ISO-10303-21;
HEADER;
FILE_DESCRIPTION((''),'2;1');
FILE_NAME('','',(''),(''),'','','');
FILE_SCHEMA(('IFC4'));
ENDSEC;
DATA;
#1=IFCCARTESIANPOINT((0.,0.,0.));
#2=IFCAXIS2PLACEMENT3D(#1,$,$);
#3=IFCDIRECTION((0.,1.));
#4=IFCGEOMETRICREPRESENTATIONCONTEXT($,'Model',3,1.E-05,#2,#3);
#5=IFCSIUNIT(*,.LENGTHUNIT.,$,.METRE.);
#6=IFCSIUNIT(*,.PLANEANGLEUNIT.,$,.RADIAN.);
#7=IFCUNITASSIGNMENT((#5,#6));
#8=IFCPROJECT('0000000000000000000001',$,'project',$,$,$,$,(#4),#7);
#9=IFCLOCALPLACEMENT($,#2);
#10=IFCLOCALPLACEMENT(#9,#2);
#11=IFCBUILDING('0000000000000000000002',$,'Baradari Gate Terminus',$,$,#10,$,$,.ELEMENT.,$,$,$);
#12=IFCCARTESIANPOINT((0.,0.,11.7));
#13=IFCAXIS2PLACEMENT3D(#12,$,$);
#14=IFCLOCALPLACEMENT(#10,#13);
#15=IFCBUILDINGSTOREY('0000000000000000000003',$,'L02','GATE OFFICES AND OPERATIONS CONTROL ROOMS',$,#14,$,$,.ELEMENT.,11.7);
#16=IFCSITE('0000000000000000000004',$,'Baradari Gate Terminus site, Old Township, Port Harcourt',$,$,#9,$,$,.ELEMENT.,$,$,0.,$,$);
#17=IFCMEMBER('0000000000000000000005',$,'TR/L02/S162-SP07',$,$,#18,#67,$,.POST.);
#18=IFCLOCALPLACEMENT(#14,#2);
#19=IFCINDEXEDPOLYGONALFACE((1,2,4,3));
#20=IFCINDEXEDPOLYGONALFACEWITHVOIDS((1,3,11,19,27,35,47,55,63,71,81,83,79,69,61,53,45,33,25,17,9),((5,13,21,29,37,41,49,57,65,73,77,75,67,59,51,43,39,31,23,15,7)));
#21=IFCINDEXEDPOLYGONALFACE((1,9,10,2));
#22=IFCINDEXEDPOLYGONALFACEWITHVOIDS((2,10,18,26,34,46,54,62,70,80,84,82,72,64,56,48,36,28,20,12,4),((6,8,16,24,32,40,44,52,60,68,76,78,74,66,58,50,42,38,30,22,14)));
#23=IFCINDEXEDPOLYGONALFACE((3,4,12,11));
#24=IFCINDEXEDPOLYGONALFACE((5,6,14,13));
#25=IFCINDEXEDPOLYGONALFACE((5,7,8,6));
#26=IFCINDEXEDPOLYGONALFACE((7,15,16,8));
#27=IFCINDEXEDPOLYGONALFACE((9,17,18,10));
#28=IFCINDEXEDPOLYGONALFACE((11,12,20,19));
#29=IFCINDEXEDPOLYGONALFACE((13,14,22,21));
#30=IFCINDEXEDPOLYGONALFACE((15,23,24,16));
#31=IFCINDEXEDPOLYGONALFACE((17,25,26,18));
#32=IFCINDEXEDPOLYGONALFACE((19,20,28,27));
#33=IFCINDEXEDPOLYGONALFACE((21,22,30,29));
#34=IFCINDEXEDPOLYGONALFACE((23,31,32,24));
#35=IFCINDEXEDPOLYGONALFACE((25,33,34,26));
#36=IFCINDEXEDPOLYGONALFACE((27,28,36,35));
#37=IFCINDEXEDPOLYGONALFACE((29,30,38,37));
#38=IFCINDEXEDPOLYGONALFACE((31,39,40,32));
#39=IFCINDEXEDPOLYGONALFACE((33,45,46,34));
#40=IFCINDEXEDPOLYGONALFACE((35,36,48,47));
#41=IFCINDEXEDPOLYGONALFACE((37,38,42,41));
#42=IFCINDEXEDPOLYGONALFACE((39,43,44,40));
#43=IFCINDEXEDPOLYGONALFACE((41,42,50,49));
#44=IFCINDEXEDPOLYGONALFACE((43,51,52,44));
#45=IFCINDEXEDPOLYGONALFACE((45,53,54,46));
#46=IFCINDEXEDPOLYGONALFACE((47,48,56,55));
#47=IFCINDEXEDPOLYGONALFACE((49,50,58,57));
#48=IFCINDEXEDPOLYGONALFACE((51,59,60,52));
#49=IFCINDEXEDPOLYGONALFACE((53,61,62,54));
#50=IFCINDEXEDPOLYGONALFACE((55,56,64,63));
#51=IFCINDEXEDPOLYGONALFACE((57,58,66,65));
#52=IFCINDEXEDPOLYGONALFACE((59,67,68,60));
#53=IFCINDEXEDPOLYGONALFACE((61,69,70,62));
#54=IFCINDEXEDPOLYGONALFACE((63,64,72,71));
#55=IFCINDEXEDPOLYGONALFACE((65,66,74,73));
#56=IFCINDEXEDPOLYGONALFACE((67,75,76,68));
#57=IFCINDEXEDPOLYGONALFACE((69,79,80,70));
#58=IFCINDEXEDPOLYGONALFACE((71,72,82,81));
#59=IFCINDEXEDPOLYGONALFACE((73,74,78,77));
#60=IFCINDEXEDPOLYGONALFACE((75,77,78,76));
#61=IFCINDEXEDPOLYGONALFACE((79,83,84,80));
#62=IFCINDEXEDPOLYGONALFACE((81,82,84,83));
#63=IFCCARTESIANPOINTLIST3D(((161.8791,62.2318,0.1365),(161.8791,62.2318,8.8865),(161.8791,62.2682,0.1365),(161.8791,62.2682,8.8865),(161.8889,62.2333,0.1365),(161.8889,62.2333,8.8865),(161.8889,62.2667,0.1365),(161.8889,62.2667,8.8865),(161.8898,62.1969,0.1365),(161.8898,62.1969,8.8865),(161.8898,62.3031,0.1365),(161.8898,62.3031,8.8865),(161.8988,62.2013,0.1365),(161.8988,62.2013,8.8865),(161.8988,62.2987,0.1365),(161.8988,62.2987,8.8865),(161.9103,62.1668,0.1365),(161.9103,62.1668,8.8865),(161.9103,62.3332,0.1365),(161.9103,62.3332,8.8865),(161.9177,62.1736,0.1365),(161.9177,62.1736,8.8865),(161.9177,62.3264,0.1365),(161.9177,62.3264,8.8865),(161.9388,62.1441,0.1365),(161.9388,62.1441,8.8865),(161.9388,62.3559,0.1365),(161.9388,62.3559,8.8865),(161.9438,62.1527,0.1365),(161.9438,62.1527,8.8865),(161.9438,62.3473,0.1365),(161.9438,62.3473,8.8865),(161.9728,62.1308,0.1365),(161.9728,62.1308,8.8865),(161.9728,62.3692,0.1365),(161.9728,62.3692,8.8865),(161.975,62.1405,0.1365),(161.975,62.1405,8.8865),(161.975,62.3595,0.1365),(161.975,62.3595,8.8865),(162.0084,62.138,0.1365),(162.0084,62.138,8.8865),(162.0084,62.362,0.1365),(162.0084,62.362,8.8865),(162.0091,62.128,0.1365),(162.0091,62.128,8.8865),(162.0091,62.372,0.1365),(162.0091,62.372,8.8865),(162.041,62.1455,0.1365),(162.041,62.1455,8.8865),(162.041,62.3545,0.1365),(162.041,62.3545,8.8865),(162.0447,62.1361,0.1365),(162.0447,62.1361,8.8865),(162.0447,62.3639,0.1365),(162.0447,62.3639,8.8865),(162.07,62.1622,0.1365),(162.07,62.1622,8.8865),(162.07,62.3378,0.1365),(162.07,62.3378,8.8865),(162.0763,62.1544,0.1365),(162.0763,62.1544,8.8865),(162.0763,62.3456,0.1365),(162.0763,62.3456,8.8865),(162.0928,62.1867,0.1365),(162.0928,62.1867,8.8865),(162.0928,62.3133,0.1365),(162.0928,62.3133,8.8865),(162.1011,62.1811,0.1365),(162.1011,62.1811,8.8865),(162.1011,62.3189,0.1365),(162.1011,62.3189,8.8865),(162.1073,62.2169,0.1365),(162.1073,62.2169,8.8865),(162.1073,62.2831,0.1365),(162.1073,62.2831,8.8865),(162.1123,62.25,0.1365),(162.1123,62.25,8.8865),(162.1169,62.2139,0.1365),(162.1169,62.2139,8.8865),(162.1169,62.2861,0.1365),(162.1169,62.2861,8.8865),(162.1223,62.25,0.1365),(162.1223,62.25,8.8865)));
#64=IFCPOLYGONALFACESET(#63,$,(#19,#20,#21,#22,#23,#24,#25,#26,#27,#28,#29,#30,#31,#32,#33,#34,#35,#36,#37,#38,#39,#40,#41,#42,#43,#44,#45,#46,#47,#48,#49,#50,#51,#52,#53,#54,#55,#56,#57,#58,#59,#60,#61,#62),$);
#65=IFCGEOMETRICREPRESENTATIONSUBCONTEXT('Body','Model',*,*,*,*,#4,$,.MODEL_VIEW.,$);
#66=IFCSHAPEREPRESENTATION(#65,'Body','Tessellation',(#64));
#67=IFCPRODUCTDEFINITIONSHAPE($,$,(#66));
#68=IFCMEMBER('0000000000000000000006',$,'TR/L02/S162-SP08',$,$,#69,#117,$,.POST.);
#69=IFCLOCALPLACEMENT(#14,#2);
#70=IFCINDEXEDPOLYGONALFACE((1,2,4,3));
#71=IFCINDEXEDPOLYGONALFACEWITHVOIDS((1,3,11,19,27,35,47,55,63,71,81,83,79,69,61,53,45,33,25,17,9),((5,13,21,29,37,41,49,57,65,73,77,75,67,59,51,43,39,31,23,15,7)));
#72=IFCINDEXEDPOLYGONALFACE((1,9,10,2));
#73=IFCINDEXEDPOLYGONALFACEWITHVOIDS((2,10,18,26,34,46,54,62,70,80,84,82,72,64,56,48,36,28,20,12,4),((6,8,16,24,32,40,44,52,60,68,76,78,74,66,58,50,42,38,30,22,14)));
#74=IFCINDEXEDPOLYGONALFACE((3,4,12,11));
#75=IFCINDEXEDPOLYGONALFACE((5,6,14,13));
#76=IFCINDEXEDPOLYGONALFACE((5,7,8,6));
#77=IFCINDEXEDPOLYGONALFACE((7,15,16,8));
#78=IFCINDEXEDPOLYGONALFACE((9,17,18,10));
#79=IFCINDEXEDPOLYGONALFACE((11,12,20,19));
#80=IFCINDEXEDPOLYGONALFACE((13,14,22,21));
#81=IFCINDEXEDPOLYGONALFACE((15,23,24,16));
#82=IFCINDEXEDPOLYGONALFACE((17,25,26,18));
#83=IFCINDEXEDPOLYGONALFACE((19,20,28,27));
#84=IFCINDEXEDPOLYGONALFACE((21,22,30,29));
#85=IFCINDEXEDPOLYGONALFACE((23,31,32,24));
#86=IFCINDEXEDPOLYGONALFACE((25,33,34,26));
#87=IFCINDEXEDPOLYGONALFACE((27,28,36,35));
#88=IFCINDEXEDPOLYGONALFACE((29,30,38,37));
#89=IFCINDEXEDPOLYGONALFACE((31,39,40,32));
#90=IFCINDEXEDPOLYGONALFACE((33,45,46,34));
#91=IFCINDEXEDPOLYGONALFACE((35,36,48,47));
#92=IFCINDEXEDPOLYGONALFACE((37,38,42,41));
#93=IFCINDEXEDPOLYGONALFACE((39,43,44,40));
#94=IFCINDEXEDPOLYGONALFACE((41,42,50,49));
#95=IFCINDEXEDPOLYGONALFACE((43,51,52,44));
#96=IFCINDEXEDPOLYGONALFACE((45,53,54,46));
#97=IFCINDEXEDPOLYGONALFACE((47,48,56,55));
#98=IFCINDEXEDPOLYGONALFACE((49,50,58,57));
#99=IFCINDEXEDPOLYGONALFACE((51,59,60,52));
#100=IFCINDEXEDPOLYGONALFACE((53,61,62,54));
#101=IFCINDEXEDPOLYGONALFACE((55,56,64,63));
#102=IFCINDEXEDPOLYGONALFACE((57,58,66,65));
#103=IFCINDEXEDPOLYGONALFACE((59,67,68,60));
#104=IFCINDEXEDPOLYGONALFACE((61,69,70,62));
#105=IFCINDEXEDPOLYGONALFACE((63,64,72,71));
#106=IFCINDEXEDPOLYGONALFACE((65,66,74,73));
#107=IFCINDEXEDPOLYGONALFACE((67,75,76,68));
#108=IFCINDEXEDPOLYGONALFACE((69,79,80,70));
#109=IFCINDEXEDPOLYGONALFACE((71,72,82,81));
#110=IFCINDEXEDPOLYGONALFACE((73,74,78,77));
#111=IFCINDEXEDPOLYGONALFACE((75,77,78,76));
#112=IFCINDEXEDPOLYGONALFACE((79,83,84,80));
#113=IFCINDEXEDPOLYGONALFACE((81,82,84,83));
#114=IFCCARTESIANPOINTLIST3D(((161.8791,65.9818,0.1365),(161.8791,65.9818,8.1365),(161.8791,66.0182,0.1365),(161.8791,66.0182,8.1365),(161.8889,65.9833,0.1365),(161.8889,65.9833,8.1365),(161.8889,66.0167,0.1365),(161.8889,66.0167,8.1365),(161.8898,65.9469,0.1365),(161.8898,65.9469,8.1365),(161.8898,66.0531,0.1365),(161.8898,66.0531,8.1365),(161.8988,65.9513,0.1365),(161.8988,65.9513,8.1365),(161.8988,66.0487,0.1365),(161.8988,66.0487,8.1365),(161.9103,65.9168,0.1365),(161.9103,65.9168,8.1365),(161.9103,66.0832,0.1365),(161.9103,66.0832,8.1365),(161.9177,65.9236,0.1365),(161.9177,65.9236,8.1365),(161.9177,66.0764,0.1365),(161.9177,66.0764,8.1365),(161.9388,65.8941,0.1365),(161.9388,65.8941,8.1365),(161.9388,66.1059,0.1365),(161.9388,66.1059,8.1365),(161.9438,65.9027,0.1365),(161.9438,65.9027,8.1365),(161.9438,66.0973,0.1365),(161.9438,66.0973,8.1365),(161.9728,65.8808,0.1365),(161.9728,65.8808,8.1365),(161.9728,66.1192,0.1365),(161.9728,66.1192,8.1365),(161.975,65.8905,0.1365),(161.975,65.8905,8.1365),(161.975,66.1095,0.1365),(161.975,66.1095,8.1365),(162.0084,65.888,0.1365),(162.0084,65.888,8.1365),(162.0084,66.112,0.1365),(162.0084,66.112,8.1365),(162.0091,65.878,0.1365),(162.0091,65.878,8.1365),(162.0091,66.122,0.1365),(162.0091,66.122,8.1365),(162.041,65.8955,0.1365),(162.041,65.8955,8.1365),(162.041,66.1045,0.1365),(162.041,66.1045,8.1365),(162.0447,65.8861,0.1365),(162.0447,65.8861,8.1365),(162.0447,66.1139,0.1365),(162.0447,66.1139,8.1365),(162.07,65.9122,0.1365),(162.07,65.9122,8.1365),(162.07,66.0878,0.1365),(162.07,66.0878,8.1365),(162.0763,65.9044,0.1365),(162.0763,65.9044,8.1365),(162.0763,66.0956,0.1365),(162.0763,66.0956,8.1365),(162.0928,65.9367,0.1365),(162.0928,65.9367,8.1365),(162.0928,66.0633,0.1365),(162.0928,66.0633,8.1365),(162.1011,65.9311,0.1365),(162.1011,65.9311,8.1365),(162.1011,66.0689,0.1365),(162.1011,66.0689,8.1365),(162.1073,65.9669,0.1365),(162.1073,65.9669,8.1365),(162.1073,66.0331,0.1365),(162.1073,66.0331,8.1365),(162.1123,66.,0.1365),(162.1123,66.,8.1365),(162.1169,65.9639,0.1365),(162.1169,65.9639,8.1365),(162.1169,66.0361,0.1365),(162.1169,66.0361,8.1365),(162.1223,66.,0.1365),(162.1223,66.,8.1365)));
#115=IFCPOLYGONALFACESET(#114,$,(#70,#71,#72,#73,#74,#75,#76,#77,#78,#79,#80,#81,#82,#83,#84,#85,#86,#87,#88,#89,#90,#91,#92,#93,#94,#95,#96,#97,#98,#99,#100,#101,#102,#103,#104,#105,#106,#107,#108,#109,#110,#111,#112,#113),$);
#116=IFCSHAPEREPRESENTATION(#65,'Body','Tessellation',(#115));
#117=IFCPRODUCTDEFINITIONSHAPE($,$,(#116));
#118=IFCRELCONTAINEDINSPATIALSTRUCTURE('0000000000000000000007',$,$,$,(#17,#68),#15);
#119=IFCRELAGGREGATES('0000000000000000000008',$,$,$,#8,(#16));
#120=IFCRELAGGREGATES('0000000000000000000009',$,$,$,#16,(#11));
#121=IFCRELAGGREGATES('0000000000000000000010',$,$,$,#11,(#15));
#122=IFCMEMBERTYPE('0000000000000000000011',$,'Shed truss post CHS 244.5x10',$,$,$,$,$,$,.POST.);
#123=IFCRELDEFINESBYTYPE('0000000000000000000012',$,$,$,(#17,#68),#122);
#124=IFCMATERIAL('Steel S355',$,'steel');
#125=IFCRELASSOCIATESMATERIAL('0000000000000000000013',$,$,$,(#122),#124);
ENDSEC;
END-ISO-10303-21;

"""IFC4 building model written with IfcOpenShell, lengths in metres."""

from ifc_helpers import new_model, si_unit, direction, frame, origin, origin_2d, place, context, subcontext, project, spatial, hollow_circle, extrude, material, material_profile, profile_set, type_object, element, save


model = new_model("IFC4")

# Units and contexts
model_context = context("Model", 3, precision=1e-05, world=origin(), true_north=direction((0.0, 1.0)))
body_context = subcontext(model_context, "Body", "Model", "MODEL_VIEW")
ifc_project = project(units=[si_unit("LENGTHUNIT", "METRE"), si_unit("PLANEANGLEUNIT", "RADIAN")], contexts=[model_context])

# Site, building, storey
site_placement = place(None, origin())
site = spatial("IfcSite", under=ifc_project, at=site_placement, Name="Baradari Gate Terminus site, Old Township, Port Harcourt", CompositionType="ELEMENT", RefElevation=0.0)
building_placement = place(site_placement, origin())
building = spatial("IfcBuilding", under=site, at=building_placement, Name="Baradari Gate Terminus", CompositionType="ELEMENT")
storey_placement = place(building_placement, frame((0.0, 0.0, 11.7)))
storey = spatial("IfcBuildingStorey", under=building, at=storey_placement, Name="L02", Description="GATE OFFICES AND OPERATIONS CONTROL ROOMS", CompositionType="ELEMENT", Elevation=11.7)

# Members
ifc_material_1 = material(Name="Steel S355", Category="steel")
ifc_material_profile_1 = material_profile(ifc_material_1, hollow_circle(Radius=0.1223, WallThickness=0.01, at=origin_2d()), Name="CHS 244.5x10")
ifc_profile_set_1 = profile_set([ifc_material_profile_1], Name="Steel S355")
member_type_1 = type_object("IfcMemberType", Name="Shed truss post CHS 244.5x10", PredefinedType="POST", material=ifc_profile_set_1)
member_1_placement = place(storey_placement, frame((162.0, 62.25, 0.1365), z_axis=(0.0, 0.0, 1.0), x_axis=(1.0, 0.0, 0.0)))
element("IfcMember", 1, at=member_1_placement, inside=storey, type_object=member_type_1, Name="TR/L02/S162-SP07", PredefinedType="POST", context=body_context, shape_type="SweptSolid", body=[
    extrude(hollow_circle(Radius=0.1223, WallThickness=0.01, at=origin_2d()), origin(), (0.0, 0.0, 1.0), 8.75),
])
member_2_placement = place(storey_placement, frame((162.0, 66.0, 0.1365), z_axis=(0.0, 0.0, 1.0), x_axis=(1.0, 0.0, 0.0)))
element("IfcMember", 2, at=member_2_placement, inside=storey, type_object=member_type_1, Name="TR/L02/S162-SP08", PredefinedType="POST", context=body_context, shape_type="SweptSolid", body=[
    extrude(hollow_circle(Radius=0.1223, WallThickness=0.01, at=origin_2d()), origin(), (0.0, 0.0, 1.0), 8.0),
])

save(model, "model.ifc")
